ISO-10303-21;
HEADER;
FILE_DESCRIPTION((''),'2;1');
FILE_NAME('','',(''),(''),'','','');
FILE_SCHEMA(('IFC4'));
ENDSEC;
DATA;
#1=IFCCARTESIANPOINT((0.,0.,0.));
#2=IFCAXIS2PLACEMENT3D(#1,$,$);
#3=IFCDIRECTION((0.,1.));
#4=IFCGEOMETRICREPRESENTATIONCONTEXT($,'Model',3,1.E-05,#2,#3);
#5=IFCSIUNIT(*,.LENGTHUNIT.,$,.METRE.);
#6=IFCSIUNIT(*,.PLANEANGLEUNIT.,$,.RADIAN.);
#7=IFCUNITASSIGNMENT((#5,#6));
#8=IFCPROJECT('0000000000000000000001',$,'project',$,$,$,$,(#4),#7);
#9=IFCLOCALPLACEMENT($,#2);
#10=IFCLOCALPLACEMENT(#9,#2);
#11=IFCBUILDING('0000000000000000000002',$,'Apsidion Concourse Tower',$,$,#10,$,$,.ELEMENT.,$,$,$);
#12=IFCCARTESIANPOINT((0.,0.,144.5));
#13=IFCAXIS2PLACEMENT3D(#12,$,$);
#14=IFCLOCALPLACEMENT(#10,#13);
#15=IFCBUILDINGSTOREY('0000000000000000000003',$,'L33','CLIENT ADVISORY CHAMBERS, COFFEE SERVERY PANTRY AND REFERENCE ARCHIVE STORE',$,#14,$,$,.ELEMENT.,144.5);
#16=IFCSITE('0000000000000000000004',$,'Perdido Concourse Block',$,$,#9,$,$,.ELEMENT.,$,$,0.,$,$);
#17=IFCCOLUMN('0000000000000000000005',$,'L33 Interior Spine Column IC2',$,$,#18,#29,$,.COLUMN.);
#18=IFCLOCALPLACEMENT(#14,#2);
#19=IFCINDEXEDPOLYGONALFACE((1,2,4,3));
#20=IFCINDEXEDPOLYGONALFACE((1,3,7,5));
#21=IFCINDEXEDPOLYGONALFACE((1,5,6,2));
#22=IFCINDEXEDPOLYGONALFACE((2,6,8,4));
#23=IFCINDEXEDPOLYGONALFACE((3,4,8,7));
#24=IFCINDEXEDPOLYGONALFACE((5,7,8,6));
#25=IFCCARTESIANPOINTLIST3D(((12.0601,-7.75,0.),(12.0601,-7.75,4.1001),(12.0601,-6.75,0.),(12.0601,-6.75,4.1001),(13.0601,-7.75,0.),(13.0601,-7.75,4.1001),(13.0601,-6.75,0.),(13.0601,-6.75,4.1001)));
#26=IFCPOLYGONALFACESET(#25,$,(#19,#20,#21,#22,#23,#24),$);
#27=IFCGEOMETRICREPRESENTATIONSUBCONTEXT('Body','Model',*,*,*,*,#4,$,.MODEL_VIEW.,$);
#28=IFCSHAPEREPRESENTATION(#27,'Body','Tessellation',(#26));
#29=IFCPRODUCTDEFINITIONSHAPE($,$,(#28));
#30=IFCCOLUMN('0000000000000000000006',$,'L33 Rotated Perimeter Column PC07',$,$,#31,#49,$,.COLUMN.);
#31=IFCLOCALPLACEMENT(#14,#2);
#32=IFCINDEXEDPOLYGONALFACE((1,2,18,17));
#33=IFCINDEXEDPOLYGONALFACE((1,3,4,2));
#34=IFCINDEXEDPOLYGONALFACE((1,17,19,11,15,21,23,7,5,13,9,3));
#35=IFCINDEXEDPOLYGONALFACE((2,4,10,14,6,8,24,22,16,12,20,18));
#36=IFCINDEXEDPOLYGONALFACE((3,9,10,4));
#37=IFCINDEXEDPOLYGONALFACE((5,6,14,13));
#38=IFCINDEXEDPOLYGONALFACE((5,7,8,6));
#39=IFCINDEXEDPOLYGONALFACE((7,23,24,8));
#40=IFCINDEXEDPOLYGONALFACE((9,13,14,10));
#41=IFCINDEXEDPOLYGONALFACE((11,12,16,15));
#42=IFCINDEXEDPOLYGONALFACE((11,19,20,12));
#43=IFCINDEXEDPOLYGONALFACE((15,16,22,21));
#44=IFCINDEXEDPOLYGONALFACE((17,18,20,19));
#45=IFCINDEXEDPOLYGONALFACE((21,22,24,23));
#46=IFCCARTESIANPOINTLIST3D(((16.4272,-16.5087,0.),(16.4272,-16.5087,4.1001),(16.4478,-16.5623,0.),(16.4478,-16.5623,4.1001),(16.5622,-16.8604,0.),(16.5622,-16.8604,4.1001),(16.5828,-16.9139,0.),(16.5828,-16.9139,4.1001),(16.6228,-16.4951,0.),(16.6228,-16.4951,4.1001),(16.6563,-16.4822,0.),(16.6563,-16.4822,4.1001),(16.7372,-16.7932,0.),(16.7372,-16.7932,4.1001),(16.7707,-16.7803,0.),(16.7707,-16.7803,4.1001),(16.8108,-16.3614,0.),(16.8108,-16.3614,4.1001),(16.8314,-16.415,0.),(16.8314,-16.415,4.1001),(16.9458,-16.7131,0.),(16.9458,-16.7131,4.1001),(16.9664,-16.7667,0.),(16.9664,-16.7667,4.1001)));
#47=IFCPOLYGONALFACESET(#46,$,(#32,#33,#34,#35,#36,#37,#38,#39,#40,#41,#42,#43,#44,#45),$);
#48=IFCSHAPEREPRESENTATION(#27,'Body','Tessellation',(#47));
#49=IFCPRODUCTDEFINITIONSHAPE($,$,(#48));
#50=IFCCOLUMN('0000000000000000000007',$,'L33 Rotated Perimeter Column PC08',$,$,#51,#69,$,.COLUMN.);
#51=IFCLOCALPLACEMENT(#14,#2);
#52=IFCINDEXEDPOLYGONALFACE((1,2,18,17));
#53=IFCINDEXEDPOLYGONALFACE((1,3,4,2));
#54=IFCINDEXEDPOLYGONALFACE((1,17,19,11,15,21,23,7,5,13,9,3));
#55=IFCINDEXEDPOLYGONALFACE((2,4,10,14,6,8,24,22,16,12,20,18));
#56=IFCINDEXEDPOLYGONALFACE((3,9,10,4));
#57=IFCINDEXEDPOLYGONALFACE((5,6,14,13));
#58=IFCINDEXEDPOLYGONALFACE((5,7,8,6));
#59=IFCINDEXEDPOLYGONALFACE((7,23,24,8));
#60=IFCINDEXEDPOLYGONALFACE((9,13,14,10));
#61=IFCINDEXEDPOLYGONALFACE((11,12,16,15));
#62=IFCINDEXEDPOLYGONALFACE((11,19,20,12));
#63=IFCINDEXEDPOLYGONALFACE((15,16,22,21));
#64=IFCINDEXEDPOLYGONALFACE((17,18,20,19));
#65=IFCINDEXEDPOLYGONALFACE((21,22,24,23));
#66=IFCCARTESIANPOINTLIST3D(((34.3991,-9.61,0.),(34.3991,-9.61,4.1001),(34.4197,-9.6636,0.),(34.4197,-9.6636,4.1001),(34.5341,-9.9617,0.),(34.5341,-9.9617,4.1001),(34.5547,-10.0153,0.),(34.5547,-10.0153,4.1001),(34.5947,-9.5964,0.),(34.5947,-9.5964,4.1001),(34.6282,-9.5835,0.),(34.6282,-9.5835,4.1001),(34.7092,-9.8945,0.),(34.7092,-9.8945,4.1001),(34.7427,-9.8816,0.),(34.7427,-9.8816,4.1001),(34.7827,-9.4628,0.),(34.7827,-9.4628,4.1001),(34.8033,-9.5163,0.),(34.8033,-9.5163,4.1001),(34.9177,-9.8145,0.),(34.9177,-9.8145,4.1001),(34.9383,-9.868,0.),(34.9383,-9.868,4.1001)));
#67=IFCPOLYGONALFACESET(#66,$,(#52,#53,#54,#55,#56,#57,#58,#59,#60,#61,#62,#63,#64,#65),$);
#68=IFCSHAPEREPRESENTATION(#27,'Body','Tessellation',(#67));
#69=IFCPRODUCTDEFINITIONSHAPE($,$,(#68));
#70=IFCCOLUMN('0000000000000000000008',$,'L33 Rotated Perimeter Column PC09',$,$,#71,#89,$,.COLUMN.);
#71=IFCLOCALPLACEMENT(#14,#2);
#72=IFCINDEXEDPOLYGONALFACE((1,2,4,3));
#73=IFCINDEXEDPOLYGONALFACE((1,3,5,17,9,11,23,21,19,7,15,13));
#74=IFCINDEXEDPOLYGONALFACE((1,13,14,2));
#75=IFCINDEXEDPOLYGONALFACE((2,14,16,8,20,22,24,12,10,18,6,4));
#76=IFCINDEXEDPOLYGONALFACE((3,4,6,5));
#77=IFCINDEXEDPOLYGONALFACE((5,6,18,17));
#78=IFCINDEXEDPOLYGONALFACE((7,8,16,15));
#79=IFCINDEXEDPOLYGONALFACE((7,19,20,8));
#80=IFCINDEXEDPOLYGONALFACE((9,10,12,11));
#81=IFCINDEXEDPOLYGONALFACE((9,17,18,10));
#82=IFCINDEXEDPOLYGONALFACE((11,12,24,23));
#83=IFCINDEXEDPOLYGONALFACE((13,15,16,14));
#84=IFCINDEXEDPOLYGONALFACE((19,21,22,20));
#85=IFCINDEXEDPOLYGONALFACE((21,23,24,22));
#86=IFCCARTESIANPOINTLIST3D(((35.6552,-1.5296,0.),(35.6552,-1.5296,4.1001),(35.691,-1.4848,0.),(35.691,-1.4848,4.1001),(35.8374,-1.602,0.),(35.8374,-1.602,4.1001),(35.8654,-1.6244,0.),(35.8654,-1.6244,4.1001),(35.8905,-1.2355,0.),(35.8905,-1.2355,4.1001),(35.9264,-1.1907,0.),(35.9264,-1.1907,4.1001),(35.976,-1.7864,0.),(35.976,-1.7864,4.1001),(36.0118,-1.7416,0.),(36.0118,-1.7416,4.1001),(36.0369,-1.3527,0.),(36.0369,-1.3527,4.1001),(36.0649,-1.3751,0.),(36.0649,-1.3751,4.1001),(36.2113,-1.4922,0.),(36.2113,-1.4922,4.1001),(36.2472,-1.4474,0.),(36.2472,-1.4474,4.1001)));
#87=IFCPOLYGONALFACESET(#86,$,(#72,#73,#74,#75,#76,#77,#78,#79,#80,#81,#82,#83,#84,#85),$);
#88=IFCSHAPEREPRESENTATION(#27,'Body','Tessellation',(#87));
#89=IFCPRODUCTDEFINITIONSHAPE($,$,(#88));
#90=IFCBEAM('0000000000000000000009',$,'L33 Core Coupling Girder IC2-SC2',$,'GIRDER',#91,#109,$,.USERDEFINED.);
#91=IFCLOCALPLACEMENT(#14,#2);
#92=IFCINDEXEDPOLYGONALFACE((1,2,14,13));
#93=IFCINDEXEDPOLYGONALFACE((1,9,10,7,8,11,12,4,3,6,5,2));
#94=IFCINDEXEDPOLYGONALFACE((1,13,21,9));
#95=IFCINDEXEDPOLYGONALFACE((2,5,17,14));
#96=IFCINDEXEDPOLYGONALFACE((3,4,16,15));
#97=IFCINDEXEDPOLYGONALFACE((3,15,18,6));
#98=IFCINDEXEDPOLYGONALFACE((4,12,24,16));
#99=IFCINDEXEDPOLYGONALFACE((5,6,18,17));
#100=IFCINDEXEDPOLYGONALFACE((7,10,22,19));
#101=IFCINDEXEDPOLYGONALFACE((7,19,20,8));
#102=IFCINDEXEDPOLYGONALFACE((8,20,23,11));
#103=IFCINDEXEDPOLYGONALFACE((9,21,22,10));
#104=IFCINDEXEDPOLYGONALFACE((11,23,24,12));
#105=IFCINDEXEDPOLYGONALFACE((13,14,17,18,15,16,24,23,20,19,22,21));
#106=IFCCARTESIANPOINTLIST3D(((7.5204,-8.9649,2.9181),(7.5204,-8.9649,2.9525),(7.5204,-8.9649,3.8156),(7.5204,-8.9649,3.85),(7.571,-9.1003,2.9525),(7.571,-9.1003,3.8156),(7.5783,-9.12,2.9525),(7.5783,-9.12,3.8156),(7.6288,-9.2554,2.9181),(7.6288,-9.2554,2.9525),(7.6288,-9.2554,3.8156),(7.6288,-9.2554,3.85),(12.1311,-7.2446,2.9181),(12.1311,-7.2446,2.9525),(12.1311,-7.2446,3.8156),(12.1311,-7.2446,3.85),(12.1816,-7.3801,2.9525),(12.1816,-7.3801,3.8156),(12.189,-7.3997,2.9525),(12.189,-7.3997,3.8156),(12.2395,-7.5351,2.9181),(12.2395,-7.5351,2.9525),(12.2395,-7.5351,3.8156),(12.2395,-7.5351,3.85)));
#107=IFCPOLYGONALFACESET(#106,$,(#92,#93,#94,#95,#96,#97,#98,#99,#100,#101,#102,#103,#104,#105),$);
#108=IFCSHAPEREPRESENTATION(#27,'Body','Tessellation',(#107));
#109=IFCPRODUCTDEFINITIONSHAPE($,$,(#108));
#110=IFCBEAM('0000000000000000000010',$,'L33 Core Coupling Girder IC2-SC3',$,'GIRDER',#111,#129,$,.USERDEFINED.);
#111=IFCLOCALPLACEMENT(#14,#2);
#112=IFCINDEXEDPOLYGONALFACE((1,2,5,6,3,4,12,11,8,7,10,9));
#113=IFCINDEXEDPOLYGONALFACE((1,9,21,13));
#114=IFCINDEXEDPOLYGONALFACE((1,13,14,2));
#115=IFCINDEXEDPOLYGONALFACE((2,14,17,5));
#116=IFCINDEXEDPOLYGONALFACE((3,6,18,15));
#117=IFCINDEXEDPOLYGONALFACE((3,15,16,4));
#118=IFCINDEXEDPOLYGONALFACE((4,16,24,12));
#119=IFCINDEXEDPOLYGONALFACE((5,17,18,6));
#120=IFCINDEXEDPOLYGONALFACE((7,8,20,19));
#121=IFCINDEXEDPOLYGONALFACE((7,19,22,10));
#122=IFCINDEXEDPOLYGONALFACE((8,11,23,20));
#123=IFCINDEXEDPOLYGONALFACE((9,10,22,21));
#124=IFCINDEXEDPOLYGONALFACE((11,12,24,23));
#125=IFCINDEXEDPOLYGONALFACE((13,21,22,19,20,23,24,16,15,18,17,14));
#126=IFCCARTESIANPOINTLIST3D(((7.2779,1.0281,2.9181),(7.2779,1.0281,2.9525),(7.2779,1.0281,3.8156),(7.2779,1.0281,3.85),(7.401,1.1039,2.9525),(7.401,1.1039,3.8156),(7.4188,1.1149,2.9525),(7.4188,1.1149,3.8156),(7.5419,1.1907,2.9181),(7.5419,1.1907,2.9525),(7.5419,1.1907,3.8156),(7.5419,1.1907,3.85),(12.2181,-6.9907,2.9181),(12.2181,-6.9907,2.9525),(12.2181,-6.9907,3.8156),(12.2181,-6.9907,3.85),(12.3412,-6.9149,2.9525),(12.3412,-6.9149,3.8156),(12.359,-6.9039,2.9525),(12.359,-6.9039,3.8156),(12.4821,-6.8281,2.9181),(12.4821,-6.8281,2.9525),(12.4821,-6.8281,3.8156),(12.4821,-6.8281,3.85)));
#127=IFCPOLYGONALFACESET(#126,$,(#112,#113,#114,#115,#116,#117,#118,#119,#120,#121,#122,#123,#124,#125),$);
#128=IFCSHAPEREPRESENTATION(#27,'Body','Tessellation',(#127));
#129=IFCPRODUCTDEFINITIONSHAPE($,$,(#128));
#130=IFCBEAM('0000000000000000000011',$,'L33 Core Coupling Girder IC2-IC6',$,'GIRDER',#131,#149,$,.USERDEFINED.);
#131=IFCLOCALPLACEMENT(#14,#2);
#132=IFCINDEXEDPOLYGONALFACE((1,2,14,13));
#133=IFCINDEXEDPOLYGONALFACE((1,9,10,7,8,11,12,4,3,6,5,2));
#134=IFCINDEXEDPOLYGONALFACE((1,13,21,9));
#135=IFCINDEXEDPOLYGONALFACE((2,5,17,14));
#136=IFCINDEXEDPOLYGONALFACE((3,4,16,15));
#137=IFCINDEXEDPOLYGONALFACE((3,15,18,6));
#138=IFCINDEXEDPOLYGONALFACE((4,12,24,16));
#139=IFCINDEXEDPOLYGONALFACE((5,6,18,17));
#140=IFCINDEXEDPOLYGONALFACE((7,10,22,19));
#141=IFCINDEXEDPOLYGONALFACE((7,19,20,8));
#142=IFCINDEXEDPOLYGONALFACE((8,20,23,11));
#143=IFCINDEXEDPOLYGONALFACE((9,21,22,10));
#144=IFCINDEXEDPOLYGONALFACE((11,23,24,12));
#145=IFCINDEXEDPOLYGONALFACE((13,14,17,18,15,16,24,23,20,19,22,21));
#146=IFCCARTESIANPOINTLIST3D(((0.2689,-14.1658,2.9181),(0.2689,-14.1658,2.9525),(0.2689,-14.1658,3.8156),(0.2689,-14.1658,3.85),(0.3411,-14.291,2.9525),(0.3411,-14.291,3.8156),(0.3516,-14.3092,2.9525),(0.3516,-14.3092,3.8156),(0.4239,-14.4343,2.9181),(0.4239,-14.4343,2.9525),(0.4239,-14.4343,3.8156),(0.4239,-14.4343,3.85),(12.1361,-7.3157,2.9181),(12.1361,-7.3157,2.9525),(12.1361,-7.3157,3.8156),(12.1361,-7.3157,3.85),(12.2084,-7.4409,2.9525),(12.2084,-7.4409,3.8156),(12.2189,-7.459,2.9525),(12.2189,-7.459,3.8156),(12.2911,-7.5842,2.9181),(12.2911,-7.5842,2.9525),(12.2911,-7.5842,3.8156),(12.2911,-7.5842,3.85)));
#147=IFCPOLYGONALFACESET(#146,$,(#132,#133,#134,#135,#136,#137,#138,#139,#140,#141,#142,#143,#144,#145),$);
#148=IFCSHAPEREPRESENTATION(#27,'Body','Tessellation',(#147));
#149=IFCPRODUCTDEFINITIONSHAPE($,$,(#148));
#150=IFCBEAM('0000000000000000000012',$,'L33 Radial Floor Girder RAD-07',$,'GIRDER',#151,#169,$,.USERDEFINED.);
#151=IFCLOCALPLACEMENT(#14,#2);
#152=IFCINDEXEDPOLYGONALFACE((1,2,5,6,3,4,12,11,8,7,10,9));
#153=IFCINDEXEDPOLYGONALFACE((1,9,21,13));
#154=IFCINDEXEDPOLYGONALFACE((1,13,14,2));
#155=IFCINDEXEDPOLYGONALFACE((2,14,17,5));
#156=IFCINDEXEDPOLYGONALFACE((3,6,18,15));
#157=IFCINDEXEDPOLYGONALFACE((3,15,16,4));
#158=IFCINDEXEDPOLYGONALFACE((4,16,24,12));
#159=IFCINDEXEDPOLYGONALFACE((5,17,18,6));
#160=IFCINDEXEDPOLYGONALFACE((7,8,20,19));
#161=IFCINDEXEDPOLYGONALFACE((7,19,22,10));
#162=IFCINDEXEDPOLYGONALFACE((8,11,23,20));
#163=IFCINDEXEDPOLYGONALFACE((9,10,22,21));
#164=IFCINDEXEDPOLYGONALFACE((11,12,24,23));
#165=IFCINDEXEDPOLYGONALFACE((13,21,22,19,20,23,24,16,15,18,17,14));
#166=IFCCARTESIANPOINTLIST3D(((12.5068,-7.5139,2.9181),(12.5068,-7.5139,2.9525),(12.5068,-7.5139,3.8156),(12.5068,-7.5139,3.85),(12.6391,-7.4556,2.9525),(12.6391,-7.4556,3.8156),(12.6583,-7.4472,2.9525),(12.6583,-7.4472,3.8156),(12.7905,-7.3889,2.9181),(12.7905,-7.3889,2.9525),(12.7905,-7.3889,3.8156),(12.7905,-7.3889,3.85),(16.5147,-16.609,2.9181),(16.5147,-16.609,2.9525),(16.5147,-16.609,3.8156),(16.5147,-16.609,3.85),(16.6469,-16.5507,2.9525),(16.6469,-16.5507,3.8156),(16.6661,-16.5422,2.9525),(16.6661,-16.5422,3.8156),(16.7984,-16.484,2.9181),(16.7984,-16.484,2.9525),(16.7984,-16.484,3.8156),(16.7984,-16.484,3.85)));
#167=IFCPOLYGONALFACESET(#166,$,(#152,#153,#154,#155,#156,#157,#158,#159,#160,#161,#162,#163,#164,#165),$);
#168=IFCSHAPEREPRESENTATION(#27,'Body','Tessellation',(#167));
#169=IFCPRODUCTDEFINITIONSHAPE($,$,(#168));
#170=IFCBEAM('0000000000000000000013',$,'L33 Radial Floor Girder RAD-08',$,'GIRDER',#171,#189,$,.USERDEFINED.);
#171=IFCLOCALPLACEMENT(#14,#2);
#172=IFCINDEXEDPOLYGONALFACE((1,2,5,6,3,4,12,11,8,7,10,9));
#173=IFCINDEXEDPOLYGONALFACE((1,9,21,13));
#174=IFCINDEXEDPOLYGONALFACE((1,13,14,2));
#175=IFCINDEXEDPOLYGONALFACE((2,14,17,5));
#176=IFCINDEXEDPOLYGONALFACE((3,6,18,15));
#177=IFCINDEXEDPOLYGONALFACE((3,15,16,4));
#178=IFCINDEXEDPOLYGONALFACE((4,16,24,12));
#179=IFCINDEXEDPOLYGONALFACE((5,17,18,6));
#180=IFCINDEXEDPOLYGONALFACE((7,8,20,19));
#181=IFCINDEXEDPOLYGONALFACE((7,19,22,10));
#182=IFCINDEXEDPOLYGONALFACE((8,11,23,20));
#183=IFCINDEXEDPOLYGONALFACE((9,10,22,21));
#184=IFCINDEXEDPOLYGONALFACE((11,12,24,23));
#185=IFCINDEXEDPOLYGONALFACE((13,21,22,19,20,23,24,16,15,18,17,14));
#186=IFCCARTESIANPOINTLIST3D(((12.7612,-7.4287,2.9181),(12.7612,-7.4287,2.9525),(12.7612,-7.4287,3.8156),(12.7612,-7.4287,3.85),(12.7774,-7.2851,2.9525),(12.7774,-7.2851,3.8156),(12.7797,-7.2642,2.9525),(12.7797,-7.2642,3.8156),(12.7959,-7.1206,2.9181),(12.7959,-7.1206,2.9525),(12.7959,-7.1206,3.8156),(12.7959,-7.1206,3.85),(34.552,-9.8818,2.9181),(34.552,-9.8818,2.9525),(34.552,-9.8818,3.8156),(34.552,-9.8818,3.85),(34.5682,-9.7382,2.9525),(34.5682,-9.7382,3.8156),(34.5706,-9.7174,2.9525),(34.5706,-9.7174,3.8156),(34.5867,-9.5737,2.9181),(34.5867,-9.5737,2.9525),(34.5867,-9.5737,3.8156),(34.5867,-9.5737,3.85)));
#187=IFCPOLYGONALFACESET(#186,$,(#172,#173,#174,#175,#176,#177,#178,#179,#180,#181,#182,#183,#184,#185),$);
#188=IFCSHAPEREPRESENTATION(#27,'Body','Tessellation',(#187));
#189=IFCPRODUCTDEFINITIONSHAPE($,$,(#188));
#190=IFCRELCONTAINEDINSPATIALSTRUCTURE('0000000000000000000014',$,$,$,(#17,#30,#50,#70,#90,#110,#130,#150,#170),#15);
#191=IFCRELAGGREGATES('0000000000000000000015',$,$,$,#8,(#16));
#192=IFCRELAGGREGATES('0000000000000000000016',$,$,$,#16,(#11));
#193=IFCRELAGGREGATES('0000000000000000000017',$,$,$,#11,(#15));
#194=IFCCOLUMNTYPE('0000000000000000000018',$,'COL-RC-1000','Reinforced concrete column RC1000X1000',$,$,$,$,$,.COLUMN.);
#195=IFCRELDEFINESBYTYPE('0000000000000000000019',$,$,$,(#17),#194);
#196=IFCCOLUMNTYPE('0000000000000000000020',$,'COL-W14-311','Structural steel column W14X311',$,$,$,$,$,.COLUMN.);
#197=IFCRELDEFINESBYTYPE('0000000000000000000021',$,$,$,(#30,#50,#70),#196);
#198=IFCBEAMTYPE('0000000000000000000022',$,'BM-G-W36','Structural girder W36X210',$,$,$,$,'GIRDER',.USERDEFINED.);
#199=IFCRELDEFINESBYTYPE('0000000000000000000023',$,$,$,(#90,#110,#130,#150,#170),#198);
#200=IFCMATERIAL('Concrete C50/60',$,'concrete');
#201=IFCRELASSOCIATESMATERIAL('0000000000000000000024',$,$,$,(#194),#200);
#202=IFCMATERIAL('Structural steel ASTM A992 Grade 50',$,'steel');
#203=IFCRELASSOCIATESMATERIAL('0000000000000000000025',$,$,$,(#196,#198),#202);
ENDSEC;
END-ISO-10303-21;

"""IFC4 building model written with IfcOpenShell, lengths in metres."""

from ifc_helpers import new_model, si_unit, direction, frame, origin, origin_2d, place, context, subcontext, project, spatial, rectangle, i_section, extrude, material, material_profile, profile_set, type_object, element, save


model = new_model("IFC4")

# Units and contexts
model_context = context("Model", 3, precision=1e-05, world=origin(), true_north=direction((0.0, 1.0)))
body_context = subcontext(model_context, "Body", "Model", "MODEL_VIEW")
ifc_project = project(units=[si_unit("LENGTHUNIT", "METRE"), si_unit("PLANEANGLEUNIT", "RADIAN")], contexts=[model_context])

# Site, building, storey
site_placement = place(None, origin())
site = spatial("IfcSite", under=ifc_project, at=site_placement, Name="Perdido Concourse Block", CompositionType="ELEMENT", RefElevation=0.0)
building_placement = place(site_placement, origin())
building = spatial("IfcBuilding", under=site, at=building_placement, Name="Apsidion Concourse Tower", CompositionType="ELEMENT")
storey_placement = place(building_placement, frame((0.0, 0.0, 144.5)))
storey = spatial("IfcBuildingStorey", under=building, at=storey_placement, Name="L33", Description="CLIENT ADVISORY CHAMBERS, COFFEE SERVERY PANTRY AND REFERENCE ARCHIVE STORE", CompositionType="ELEMENT", Elevation=144.5)

# Columns
ifc_material_1 = material(Name="Concrete C50/60", Category="concrete")
ifc_material_profile_1 = material_profile(ifc_material_1, rectangle(XDim=1.0, YDim=1.0, at=origin_2d()), Name="RC 1000x1000")
ifc_profile_set_1 = profile_set([ifc_material_profile_1], Name="Concrete C50/60")
column_type_1 = type_object("IfcColumnType", Name="COL-RC-1000", Description="Reinforced concrete column RC1000X1000", PredefinedType="COLUMN", material=ifc_profile_set_1)
column_placement = place(storey_placement, frame((12.5601, -7.25, 0.0), z_axis=(0.0, 0.0, 1.0), x_axis=(1.0, 0.0, 0.0)))
element("IfcColumn", 1, at=column_placement, inside=storey, type_object=column_type_1, Name="L33 Interior Spine Column IC2", PredefinedType="COLUMN", context=body_context, shape_type="SweptSolid", body=[
    extrude(rectangle(XDim=1.0, YDim=1.0, at=origin_2d()), origin(), (0.0, 0.0, 1.0), 4.1001),
])
ifc_material_2 = material(Name="Structural steel ASTM A992 Grade 50", Category="steel")
ifc_material_profile_2 = material_profile(ifc_material_2, i_section(OverallWidth=0.4109, OverallDepth=0.4341, WebThickness=0.0359, FlangeThickness=0.0574, at=origin_2d()), Name="W14X311")
ifc_profile_set_2 = profile_set([ifc_material_profile_2], Name="Structural steel ASTM A992 Grade 50")
column_type_2 = type_object("IfcColumnType", Name="COL-W14-311", Description="Structural steel column W14X311", PredefinedType="COLUMN", material=ifc_profile_set_2)
for number, where, z_axis, x_axis, name in (
    (2, (16.6968, -16.6377, 0.0), (0.0, 0.0, 1.0), (0.93358, 0.358368, 0.0), "L33 Rotated Perimeter Column PC07"),
    (3, (34.6687, -9.739, 0.0), (0.0, 0.0, 1.0), (0.93358, 0.358368, 0.0), "L33 Rotated Perimeter Column PC08"),
    (4, (35.9512, -1.4885, 0.0), (0.0, 0.0, 1.0), (-0.780758, 0.624834, 0.0), "L33 Rotated Perimeter Column PC09"),
):
    element("IfcColumn", number, at=place(storey_placement, frame(where, z_axis=z_axis, x_axis=x_axis)), inside=storey, type_object=column_type_2, Name=name, PredefinedType="COLUMN", context=body_context, shape_type="SweptSolid", body=[
        extrude(i_section(OverallWidth=0.4109, OverallDepth=0.4341, WebThickness=0.0359, FlangeThickness=0.0574, at=origin_2d()), origin(), (0.0, 0.0, 1.0), 4.1001),
    ])

# Beams
ifc_material_profile_3 = material_profile(ifc_material_2, i_section(OverallWidth=0.3101, OverallDepth=0.9319, WebThickness=0.021, FlangeThickness=0.0344, at=origin_2d()), Name="W36X210")
ifc_profile_set_3 = profile_set([ifc_material_profile_3], Name="Structural steel ASTM A992 Grade 50")
beam_type_1 = type_object("IfcBeamType", Name="BM-G-W36", Description="Structural girder W36X210", ElementType="GIRDER", PredefinedType="USERDEFINED", material=ifc_profile_set_3)
beam_1_placement = place(storey_placement, frame((12.1853, -7.3899, 3.384), z_axis=(-0.936913, -0.349563, 0.0), x_axis=(0.349563, -0.936913, 0.0)))
element("IfcBeam", 5, at=beam_1_placement, inside=storey, type_object=beam_type_1, Name="L33 Core Coupling Girder IC2-SC2", ObjectType="GIRDER", PredefinedType="USERDEFINED", context=body_context, shape_type="SweptSolid", body=[
    extrude(i_section(OverallWidth=0.3101, OverallDepth=0.9319, WebThickness=0.021, FlangeThickness=0.0344, at=origin_2d()), origin(), (0.0, 0.0, 1.0), 4.9211),
])
beam_2_placement = place(storey_placement, frame((12.3501, -6.9094, 3.384), z_axis=(-0.524524, 0.851396, 0.0), x_axis=(-0.851396, -0.524524, 0.0)))
element("IfcBeam", 6, at=beam_2_placement, inside=storey, type_object=beam_type_1, Name="L33 Core Coupling Girder IC2-SC3", ObjectType="GIRDER", PredefinedType="USERDEFINED", context=body_context, shape_type="SweptSolid", body=[
    extrude(i_section(OverallWidth=0.3101, OverallDepth=0.9319, WebThickness=0.021, FlangeThickness=0.0344, at=origin_2d()), origin(), (0.0, 0.0, 1.0), 9.4185),
])
beam_3_placement = place(storey_placement, frame((12.2136, -7.45, 3.384), z_axis=(-0.86607, -0.499922, 0.0), x_axis=(0.499922, -0.86607, 0.0)))
element("IfcBeam", 7, at=beam_3_placement, inside=storey, type_object=beam_type_1, Name="L33 Core Coupling Girder IC2-IC6", ObjectType="GIRDER", PredefinedType="USERDEFINED", context=body_context, shape_type="SweptSolid", body=[
    extrude(i_section(OverallWidth=0.3101, OverallDepth=0.9319, WebThickness=0.021, FlangeThickness=0.0344, at=origin_2d()), origin(), (0.0, 0.0, 1.0), 13.7024),
])
beam_4_placement = place(storey_placement, frame((12.6487, -7.4514, 3.384), z_axis=(0.403246, -0.915091, 0.0), x_axis=(0.915091, 0.403246, 0.0)))
element("IfcBeam", 8, at=beam_4_placement, inside=storey, type_object=beam_type_1, Name="L33 Radial Floor Girder RAD-07", ObjectType="GIRDER", PredefinedType="USERDEFINED", context=body_context, shape_type="SweptSolid", body=[
    extrude(i_section(OverallWidth=0.3101, OverallDepth=0.9319, WebThickness=0.021, FlangeThickness=0.0344, at=origin_2d()), origin(), (0.0, 0.0, 1.0), 9.939),
])
beam_5_placement = place(storey_placement, frame((12.7786, -7.2747, 3.384), z_axis=(0.993723, -0.11187, 0.0), x_axis=(0.11187, 0.993723, 0.0)))
element("IfcBeam", 9, at=beam_5_placement, inside=storey, type_object=beam_type_1, Name="L33 Radial Floor Girder RAD-08", ObjectType="GIRDER", PredefinedType="USERDEFINED", context=body_context, shape_type="SweptSolid", body=[
    extrude(i_section(OverallWidth=0.3101, OverallDepth=0.9319, WebThickness=0.021, FlangeThickness=0.0344, at=origin_2d()), origin(), (0.0, 0.0, 1.0), 21.9285),
])

save(model, "model.ifc")
